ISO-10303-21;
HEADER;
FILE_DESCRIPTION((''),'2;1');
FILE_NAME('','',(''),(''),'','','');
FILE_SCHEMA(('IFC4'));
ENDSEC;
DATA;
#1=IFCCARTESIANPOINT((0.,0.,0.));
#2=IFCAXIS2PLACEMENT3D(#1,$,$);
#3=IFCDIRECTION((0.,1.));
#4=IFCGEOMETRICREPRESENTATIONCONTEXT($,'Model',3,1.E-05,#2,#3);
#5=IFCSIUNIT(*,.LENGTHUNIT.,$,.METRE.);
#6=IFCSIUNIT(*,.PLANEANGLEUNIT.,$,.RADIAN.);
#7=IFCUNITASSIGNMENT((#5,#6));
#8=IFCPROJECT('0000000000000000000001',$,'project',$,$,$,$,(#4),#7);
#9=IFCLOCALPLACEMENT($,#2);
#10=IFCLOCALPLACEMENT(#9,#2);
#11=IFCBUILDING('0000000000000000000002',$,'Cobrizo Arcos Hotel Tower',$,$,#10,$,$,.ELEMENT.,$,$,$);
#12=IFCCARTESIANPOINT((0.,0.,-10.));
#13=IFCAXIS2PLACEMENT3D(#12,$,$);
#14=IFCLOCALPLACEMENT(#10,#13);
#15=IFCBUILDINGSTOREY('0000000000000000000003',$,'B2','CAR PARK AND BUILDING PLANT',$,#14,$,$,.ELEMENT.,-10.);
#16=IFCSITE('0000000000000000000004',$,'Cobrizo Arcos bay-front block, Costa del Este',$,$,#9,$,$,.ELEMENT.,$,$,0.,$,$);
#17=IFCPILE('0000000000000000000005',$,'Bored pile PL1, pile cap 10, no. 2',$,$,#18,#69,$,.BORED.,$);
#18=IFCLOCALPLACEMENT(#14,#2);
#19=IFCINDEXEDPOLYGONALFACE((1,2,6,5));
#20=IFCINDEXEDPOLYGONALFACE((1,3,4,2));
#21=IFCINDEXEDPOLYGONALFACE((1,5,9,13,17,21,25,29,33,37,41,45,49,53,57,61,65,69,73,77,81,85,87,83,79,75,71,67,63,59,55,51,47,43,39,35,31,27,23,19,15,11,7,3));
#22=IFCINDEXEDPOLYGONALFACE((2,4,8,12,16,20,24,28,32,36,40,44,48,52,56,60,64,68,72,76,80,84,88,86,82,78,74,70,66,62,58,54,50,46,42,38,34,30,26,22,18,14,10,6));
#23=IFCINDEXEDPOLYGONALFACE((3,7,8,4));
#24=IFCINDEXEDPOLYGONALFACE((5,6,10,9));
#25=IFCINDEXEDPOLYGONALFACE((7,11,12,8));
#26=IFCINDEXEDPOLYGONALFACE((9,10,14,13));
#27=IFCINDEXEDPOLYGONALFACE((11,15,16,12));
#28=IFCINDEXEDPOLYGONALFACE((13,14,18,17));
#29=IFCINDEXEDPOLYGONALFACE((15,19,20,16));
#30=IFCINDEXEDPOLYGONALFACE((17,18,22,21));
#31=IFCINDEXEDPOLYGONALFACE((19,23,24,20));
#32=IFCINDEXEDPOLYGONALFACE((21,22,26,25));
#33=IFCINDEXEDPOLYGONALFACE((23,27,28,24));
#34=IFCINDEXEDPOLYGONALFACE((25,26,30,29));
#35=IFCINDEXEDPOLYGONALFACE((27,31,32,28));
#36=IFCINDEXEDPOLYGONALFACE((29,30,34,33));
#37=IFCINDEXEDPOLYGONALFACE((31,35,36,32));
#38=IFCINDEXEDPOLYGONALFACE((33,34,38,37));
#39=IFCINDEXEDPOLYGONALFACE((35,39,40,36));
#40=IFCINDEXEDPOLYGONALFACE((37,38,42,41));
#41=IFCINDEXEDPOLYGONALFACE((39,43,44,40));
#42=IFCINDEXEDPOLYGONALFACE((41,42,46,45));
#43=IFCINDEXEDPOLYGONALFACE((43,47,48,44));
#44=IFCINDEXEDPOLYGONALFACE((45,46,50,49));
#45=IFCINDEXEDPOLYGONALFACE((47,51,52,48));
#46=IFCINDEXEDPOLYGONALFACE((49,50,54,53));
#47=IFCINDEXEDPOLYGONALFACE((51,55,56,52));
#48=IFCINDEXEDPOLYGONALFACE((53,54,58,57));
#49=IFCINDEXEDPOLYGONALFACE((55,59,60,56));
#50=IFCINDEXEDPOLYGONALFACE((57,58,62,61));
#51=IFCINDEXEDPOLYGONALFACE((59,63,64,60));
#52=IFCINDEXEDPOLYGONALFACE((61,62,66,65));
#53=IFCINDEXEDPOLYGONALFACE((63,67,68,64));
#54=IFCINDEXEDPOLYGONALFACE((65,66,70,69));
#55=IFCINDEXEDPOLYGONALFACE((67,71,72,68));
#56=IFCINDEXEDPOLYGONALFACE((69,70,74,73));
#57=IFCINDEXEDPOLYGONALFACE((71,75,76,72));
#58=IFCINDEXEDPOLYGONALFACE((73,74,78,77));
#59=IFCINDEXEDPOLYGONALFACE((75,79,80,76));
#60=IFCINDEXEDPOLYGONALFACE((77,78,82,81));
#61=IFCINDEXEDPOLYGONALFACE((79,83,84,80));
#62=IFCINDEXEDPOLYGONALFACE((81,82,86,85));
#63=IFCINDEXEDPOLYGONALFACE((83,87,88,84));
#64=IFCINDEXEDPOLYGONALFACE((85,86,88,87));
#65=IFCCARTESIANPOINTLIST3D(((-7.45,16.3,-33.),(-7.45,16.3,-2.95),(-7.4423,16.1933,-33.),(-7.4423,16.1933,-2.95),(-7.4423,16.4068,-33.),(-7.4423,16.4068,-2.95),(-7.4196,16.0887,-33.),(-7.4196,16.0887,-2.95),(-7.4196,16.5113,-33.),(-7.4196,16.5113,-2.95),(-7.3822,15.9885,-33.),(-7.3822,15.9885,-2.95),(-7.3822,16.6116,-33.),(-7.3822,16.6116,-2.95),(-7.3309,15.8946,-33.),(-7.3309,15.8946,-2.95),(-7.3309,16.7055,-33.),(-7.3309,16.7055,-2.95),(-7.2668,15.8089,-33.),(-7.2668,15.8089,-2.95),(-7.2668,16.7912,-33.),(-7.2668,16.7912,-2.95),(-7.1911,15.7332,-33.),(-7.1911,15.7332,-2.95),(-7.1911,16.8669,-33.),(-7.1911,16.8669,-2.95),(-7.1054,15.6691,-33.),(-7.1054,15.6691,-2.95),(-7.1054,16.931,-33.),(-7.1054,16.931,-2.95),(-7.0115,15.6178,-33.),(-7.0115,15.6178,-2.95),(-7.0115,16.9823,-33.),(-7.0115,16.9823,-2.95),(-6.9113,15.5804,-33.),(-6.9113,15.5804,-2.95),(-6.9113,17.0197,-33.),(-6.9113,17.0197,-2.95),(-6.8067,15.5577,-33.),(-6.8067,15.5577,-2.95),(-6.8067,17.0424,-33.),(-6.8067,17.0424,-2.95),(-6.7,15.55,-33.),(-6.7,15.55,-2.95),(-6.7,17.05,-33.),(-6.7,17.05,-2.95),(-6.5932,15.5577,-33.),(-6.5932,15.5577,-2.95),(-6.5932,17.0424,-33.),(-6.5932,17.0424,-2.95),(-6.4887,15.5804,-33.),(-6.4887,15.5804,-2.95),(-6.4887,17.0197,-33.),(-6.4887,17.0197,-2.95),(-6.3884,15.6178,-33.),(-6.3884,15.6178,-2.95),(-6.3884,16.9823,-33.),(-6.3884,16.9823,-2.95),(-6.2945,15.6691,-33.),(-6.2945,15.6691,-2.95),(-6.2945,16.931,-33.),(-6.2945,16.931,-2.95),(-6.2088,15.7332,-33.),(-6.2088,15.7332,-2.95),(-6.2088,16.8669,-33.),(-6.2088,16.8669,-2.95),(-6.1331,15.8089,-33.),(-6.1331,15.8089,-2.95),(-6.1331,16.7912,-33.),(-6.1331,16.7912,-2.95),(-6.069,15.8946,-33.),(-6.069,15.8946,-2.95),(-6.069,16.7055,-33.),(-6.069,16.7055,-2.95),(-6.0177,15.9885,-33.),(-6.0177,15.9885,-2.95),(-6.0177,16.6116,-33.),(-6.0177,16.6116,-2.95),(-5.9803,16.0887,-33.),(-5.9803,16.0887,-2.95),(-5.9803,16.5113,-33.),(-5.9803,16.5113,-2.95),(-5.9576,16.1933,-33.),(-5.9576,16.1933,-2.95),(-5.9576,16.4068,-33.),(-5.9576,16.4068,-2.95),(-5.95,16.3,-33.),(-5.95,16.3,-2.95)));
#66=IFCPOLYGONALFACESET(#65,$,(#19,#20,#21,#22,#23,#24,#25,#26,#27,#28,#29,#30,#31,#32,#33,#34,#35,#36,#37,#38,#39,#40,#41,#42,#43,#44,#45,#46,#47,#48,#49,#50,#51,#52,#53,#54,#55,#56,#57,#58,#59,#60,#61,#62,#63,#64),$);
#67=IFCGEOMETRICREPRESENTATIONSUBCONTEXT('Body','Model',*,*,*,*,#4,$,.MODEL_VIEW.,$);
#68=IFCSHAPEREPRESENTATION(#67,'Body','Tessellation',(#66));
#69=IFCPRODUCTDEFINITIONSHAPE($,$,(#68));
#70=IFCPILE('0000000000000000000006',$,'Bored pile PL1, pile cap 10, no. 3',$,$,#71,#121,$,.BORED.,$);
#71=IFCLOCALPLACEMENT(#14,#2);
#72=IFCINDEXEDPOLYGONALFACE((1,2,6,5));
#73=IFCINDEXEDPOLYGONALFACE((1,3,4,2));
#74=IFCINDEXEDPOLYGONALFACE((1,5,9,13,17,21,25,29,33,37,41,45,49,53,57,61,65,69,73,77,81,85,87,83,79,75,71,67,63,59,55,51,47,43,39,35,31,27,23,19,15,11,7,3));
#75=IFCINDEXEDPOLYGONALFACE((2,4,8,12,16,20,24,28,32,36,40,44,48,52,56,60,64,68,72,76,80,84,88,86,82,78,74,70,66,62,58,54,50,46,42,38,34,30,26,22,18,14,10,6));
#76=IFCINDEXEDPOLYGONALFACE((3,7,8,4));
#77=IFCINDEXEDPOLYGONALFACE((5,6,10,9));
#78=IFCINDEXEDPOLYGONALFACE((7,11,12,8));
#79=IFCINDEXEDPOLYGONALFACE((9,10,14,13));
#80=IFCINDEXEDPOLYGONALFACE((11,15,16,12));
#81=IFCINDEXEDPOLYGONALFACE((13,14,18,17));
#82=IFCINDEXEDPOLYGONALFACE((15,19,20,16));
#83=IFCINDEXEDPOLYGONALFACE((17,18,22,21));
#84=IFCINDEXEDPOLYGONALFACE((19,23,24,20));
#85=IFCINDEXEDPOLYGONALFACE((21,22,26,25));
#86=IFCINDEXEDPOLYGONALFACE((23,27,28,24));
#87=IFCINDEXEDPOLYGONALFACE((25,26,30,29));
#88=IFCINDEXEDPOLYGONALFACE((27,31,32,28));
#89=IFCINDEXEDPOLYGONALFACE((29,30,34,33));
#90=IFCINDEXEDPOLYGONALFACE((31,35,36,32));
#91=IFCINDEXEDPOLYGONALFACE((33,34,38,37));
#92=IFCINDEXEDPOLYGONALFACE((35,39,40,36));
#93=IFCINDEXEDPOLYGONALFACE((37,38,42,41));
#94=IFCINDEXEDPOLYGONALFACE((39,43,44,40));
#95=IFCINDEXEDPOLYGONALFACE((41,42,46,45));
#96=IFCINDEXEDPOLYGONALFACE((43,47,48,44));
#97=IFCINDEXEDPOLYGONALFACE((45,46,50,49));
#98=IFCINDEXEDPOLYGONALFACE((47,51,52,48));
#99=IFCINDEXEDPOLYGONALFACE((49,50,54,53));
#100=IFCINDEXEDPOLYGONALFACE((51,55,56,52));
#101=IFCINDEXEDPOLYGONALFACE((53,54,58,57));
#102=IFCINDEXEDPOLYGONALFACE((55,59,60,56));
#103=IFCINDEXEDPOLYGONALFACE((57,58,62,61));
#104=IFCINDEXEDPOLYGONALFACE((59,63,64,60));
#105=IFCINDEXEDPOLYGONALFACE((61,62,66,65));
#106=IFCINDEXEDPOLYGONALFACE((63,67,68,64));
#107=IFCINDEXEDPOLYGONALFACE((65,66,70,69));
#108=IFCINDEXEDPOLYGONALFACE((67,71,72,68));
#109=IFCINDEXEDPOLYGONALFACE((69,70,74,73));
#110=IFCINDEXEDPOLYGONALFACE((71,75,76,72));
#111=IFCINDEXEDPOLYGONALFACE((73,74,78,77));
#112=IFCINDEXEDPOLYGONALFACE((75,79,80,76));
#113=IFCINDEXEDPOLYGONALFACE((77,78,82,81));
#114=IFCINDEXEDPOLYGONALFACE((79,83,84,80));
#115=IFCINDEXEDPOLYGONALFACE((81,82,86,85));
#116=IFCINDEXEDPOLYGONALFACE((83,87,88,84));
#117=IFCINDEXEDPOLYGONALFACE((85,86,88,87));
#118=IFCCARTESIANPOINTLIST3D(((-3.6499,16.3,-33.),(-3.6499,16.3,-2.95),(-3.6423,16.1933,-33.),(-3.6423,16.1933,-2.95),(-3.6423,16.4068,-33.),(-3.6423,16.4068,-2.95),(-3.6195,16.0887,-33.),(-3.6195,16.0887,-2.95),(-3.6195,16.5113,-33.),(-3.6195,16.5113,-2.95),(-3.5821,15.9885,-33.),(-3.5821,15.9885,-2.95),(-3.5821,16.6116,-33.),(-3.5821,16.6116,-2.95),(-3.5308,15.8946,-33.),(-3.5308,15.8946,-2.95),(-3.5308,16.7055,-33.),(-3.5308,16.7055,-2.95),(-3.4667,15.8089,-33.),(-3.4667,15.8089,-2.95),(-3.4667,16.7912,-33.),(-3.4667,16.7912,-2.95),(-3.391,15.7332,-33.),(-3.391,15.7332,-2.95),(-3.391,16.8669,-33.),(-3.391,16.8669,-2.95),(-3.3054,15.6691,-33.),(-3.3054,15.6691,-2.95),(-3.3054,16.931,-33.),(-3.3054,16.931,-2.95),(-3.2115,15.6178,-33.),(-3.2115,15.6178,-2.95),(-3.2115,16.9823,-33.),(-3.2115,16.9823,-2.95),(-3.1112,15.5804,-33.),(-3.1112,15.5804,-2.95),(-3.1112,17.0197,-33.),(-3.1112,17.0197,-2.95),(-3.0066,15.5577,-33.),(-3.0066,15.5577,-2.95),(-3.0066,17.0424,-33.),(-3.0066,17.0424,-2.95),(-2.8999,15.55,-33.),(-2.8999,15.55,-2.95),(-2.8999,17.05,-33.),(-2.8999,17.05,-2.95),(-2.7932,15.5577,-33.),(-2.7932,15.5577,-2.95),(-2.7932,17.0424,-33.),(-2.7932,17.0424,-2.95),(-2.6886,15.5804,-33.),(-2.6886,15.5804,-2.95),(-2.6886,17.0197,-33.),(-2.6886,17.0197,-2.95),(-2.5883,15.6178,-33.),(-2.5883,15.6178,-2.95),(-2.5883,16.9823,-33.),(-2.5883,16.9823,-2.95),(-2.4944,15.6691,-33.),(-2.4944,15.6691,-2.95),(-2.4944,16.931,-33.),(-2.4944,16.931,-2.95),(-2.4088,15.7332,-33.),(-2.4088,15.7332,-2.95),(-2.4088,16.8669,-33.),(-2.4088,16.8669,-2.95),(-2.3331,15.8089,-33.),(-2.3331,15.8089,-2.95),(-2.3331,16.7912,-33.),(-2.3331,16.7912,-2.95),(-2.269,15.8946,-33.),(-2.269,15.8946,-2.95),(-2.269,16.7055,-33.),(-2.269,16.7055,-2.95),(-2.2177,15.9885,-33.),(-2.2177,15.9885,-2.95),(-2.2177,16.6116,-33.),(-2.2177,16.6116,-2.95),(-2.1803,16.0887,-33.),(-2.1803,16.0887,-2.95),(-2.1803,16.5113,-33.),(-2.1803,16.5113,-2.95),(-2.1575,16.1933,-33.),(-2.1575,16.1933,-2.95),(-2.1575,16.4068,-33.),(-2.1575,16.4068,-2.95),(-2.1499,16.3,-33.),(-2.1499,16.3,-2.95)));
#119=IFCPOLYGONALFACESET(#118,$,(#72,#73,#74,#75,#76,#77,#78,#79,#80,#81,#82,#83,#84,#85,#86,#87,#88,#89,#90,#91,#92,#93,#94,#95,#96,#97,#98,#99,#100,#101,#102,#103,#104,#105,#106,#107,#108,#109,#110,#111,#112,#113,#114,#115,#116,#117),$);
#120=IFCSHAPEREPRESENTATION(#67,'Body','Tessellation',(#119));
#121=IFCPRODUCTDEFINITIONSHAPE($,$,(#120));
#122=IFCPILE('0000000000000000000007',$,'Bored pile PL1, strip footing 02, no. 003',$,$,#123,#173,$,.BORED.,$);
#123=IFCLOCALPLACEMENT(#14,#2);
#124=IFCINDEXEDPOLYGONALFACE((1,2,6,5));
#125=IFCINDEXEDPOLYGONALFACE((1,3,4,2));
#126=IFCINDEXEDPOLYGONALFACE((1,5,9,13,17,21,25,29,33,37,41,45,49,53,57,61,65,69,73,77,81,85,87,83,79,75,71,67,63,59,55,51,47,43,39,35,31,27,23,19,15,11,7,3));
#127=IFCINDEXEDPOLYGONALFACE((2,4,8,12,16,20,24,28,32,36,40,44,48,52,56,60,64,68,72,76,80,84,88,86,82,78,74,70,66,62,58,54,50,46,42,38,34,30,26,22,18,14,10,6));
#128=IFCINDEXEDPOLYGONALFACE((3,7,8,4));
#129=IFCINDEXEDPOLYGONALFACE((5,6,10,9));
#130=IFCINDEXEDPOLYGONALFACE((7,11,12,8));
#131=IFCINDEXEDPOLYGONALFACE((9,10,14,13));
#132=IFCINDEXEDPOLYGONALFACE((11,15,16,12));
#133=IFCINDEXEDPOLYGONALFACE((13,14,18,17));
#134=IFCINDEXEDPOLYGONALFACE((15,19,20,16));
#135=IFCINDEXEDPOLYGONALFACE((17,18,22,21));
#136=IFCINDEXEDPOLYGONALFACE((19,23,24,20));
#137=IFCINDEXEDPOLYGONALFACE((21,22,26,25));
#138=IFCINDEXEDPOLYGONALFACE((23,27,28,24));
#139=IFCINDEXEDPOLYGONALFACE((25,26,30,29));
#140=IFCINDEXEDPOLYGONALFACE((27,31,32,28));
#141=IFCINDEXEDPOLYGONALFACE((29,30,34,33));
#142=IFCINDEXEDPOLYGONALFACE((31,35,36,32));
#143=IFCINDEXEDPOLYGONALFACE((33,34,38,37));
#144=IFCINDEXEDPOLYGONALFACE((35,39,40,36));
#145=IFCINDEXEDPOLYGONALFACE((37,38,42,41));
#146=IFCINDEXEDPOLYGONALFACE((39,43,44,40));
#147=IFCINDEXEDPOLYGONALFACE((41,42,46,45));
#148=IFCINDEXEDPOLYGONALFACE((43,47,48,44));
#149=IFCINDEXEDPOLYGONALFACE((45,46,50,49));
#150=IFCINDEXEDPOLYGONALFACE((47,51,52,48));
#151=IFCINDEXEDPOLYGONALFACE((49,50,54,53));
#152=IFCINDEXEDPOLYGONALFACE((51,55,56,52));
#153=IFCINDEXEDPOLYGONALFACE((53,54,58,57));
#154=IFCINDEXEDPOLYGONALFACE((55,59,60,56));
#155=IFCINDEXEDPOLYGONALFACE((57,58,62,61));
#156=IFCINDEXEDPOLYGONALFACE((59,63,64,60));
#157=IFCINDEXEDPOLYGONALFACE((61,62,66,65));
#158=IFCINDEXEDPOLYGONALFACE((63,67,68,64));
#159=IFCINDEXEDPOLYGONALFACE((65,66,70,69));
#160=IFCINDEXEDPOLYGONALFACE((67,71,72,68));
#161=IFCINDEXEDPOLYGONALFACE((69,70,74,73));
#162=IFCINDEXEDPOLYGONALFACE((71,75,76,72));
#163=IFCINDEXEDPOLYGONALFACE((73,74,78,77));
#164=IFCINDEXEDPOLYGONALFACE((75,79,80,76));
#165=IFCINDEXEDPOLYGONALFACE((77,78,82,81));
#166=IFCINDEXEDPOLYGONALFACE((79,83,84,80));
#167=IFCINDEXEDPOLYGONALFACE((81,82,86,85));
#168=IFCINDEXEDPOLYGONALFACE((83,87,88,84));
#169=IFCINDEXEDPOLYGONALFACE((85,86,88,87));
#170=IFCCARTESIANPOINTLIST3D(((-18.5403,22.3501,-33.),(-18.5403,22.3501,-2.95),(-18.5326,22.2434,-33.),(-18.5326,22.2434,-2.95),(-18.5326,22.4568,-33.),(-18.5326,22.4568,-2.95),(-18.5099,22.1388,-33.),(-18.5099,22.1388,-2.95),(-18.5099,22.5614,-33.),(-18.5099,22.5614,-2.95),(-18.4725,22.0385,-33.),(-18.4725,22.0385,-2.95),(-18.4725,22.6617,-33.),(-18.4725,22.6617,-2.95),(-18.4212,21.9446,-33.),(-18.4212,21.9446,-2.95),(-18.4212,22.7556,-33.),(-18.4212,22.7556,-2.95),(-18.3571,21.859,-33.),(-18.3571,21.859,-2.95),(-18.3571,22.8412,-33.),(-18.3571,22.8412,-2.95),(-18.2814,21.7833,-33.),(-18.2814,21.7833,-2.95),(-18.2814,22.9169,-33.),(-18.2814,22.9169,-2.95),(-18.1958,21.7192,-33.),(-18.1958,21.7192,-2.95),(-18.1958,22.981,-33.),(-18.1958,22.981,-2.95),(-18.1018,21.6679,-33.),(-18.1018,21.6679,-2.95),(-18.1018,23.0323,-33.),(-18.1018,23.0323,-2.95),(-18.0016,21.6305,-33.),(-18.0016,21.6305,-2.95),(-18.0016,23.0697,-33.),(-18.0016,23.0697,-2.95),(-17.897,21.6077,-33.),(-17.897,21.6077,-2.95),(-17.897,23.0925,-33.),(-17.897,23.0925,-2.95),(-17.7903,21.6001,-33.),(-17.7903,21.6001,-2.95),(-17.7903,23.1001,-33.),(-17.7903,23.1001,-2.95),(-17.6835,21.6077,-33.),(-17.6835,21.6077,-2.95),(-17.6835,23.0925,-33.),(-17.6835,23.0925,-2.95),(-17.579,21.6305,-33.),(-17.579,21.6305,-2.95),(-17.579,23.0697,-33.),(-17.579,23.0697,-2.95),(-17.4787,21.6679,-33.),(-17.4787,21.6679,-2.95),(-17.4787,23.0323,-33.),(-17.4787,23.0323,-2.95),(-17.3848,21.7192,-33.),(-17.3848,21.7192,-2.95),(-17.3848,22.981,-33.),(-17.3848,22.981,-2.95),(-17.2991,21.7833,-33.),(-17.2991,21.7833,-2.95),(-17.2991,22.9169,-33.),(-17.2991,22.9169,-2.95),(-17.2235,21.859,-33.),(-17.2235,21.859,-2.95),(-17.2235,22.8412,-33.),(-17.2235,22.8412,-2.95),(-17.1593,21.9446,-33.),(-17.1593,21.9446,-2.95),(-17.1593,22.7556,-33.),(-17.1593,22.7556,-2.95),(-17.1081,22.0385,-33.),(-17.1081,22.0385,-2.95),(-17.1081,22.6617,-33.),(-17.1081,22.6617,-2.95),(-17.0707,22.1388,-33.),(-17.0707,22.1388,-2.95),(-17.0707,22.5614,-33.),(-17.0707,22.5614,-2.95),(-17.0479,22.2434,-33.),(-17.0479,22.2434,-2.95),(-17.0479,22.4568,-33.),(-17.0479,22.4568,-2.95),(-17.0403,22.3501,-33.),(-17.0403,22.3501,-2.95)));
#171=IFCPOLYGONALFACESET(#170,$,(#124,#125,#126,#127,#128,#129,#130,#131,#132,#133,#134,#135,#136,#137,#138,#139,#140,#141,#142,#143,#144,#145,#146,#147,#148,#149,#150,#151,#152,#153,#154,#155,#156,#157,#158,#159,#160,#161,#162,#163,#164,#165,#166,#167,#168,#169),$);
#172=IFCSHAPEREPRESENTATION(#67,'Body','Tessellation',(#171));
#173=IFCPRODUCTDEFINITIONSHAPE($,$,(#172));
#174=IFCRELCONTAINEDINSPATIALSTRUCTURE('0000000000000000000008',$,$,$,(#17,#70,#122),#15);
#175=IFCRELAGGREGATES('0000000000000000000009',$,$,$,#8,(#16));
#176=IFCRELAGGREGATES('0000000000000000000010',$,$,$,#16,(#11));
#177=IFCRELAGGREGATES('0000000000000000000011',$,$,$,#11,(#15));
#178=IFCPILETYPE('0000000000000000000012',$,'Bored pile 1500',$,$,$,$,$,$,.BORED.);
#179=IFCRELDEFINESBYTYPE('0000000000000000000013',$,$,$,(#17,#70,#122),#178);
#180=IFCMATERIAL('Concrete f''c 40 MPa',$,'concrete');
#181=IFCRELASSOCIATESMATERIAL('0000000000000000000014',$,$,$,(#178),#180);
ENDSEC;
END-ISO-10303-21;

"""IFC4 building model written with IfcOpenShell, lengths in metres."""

from ifc_helpers import new_model, si_unit, direction, frame, origin, origin_2d, place, context, subcontext, project, spatial, circle, extrude, material, material_profile, profile_set, type_object, element, save


model = new_model("IFC4")

# Units and contexts
model_context = context("Model", 3, precision=1e-05, world=origin(), true_north=direction((0.0, 1.0)))
body_context = subcontext(model_context, "Body", "Model", "MODEL_VIEW")
ifc_project = project(units=[si_unit("LENGTHUNIT", "METRE"), si_unit("PLANEANGLEUNIT", "RADIAN")], contexts=[model_context])

# Site, building, storey
site_placement = place(None, origin())
site = spatial("IfcSite", under=ifc_project, at=site_placement, Name="Cobrizo Arcos bay-front block, Costa del Este", CompositionType="ELEMENT", RefElevation=0.0)
building_placement = place(site_placement, origin())
building = spatial("IfcBuilding", under=site, at=building_placement, Name="Cobrizo Arcos Hotel Tower", CompositionType="ELEMENT")
storey_placement = place(building_placement, frame((0.0, 0.0, -10.0)))
storey = spatial("IfcBuildingStorey", under=building, at=storey_placement, Name="B2", Description="CAR PARK AND BUILDING PLANT", CompositionType="ELEMENT", Elevation=-10.0)

# Piles
ifc_material_1 = material(Name="Concrete f'c 40 MPa", Category="concrete")
ifc_material_profile_1 = material_profile(ifc_material_1, circle(Radius=0.75, at=origin_2d()), Name="BORED PILE 1500")
ifc_profile_set_1 = profile_set([ifc_material_profile_1], Name="Concrete f'c 40 MPa")
pile_type = type_object("IfcPileType", Name="Bored pile 1500", PredefinedType="BORED", material=ifc_profile_set_1)
for number, where, z_axis, x_axis, name in (
    (1, (-6.7, 16.3, -2.95), (0.0, 0.0, -1.0), (1.0, 0.0, 0.0), "Bored pile PL1, pile cap 10, no. 2"),
    (2, (-2.8999, 16.3, -2.95), (0.0, 0.0, -1.0), (1.0, 0.0, 0.0), "Bored pile PL1, pile cap 10, no. 3"),
    (3, (-17.7903, 22.3501, -2.95), (0.0, 0.0, -1.0), (1.0, 0.0, 0.0), "Bored pile PL1, strip footing 02, no. 003"),
):
    element("IfcPile", number, at=place(storey_placement, frame(where, z_axis=z_axis, x_axis=x_axis)), inside=storey, type_object=pile_type, Name=name, PredefinedType="BORED", context=body_context, shape_type="SweptSolid", body=[
        extrude(circle(Radius=0.75, at=origin_2d()), origin(), (0.0, 0.0, 1.0), 30.05),
    ])

save(model, "model.ifc")
